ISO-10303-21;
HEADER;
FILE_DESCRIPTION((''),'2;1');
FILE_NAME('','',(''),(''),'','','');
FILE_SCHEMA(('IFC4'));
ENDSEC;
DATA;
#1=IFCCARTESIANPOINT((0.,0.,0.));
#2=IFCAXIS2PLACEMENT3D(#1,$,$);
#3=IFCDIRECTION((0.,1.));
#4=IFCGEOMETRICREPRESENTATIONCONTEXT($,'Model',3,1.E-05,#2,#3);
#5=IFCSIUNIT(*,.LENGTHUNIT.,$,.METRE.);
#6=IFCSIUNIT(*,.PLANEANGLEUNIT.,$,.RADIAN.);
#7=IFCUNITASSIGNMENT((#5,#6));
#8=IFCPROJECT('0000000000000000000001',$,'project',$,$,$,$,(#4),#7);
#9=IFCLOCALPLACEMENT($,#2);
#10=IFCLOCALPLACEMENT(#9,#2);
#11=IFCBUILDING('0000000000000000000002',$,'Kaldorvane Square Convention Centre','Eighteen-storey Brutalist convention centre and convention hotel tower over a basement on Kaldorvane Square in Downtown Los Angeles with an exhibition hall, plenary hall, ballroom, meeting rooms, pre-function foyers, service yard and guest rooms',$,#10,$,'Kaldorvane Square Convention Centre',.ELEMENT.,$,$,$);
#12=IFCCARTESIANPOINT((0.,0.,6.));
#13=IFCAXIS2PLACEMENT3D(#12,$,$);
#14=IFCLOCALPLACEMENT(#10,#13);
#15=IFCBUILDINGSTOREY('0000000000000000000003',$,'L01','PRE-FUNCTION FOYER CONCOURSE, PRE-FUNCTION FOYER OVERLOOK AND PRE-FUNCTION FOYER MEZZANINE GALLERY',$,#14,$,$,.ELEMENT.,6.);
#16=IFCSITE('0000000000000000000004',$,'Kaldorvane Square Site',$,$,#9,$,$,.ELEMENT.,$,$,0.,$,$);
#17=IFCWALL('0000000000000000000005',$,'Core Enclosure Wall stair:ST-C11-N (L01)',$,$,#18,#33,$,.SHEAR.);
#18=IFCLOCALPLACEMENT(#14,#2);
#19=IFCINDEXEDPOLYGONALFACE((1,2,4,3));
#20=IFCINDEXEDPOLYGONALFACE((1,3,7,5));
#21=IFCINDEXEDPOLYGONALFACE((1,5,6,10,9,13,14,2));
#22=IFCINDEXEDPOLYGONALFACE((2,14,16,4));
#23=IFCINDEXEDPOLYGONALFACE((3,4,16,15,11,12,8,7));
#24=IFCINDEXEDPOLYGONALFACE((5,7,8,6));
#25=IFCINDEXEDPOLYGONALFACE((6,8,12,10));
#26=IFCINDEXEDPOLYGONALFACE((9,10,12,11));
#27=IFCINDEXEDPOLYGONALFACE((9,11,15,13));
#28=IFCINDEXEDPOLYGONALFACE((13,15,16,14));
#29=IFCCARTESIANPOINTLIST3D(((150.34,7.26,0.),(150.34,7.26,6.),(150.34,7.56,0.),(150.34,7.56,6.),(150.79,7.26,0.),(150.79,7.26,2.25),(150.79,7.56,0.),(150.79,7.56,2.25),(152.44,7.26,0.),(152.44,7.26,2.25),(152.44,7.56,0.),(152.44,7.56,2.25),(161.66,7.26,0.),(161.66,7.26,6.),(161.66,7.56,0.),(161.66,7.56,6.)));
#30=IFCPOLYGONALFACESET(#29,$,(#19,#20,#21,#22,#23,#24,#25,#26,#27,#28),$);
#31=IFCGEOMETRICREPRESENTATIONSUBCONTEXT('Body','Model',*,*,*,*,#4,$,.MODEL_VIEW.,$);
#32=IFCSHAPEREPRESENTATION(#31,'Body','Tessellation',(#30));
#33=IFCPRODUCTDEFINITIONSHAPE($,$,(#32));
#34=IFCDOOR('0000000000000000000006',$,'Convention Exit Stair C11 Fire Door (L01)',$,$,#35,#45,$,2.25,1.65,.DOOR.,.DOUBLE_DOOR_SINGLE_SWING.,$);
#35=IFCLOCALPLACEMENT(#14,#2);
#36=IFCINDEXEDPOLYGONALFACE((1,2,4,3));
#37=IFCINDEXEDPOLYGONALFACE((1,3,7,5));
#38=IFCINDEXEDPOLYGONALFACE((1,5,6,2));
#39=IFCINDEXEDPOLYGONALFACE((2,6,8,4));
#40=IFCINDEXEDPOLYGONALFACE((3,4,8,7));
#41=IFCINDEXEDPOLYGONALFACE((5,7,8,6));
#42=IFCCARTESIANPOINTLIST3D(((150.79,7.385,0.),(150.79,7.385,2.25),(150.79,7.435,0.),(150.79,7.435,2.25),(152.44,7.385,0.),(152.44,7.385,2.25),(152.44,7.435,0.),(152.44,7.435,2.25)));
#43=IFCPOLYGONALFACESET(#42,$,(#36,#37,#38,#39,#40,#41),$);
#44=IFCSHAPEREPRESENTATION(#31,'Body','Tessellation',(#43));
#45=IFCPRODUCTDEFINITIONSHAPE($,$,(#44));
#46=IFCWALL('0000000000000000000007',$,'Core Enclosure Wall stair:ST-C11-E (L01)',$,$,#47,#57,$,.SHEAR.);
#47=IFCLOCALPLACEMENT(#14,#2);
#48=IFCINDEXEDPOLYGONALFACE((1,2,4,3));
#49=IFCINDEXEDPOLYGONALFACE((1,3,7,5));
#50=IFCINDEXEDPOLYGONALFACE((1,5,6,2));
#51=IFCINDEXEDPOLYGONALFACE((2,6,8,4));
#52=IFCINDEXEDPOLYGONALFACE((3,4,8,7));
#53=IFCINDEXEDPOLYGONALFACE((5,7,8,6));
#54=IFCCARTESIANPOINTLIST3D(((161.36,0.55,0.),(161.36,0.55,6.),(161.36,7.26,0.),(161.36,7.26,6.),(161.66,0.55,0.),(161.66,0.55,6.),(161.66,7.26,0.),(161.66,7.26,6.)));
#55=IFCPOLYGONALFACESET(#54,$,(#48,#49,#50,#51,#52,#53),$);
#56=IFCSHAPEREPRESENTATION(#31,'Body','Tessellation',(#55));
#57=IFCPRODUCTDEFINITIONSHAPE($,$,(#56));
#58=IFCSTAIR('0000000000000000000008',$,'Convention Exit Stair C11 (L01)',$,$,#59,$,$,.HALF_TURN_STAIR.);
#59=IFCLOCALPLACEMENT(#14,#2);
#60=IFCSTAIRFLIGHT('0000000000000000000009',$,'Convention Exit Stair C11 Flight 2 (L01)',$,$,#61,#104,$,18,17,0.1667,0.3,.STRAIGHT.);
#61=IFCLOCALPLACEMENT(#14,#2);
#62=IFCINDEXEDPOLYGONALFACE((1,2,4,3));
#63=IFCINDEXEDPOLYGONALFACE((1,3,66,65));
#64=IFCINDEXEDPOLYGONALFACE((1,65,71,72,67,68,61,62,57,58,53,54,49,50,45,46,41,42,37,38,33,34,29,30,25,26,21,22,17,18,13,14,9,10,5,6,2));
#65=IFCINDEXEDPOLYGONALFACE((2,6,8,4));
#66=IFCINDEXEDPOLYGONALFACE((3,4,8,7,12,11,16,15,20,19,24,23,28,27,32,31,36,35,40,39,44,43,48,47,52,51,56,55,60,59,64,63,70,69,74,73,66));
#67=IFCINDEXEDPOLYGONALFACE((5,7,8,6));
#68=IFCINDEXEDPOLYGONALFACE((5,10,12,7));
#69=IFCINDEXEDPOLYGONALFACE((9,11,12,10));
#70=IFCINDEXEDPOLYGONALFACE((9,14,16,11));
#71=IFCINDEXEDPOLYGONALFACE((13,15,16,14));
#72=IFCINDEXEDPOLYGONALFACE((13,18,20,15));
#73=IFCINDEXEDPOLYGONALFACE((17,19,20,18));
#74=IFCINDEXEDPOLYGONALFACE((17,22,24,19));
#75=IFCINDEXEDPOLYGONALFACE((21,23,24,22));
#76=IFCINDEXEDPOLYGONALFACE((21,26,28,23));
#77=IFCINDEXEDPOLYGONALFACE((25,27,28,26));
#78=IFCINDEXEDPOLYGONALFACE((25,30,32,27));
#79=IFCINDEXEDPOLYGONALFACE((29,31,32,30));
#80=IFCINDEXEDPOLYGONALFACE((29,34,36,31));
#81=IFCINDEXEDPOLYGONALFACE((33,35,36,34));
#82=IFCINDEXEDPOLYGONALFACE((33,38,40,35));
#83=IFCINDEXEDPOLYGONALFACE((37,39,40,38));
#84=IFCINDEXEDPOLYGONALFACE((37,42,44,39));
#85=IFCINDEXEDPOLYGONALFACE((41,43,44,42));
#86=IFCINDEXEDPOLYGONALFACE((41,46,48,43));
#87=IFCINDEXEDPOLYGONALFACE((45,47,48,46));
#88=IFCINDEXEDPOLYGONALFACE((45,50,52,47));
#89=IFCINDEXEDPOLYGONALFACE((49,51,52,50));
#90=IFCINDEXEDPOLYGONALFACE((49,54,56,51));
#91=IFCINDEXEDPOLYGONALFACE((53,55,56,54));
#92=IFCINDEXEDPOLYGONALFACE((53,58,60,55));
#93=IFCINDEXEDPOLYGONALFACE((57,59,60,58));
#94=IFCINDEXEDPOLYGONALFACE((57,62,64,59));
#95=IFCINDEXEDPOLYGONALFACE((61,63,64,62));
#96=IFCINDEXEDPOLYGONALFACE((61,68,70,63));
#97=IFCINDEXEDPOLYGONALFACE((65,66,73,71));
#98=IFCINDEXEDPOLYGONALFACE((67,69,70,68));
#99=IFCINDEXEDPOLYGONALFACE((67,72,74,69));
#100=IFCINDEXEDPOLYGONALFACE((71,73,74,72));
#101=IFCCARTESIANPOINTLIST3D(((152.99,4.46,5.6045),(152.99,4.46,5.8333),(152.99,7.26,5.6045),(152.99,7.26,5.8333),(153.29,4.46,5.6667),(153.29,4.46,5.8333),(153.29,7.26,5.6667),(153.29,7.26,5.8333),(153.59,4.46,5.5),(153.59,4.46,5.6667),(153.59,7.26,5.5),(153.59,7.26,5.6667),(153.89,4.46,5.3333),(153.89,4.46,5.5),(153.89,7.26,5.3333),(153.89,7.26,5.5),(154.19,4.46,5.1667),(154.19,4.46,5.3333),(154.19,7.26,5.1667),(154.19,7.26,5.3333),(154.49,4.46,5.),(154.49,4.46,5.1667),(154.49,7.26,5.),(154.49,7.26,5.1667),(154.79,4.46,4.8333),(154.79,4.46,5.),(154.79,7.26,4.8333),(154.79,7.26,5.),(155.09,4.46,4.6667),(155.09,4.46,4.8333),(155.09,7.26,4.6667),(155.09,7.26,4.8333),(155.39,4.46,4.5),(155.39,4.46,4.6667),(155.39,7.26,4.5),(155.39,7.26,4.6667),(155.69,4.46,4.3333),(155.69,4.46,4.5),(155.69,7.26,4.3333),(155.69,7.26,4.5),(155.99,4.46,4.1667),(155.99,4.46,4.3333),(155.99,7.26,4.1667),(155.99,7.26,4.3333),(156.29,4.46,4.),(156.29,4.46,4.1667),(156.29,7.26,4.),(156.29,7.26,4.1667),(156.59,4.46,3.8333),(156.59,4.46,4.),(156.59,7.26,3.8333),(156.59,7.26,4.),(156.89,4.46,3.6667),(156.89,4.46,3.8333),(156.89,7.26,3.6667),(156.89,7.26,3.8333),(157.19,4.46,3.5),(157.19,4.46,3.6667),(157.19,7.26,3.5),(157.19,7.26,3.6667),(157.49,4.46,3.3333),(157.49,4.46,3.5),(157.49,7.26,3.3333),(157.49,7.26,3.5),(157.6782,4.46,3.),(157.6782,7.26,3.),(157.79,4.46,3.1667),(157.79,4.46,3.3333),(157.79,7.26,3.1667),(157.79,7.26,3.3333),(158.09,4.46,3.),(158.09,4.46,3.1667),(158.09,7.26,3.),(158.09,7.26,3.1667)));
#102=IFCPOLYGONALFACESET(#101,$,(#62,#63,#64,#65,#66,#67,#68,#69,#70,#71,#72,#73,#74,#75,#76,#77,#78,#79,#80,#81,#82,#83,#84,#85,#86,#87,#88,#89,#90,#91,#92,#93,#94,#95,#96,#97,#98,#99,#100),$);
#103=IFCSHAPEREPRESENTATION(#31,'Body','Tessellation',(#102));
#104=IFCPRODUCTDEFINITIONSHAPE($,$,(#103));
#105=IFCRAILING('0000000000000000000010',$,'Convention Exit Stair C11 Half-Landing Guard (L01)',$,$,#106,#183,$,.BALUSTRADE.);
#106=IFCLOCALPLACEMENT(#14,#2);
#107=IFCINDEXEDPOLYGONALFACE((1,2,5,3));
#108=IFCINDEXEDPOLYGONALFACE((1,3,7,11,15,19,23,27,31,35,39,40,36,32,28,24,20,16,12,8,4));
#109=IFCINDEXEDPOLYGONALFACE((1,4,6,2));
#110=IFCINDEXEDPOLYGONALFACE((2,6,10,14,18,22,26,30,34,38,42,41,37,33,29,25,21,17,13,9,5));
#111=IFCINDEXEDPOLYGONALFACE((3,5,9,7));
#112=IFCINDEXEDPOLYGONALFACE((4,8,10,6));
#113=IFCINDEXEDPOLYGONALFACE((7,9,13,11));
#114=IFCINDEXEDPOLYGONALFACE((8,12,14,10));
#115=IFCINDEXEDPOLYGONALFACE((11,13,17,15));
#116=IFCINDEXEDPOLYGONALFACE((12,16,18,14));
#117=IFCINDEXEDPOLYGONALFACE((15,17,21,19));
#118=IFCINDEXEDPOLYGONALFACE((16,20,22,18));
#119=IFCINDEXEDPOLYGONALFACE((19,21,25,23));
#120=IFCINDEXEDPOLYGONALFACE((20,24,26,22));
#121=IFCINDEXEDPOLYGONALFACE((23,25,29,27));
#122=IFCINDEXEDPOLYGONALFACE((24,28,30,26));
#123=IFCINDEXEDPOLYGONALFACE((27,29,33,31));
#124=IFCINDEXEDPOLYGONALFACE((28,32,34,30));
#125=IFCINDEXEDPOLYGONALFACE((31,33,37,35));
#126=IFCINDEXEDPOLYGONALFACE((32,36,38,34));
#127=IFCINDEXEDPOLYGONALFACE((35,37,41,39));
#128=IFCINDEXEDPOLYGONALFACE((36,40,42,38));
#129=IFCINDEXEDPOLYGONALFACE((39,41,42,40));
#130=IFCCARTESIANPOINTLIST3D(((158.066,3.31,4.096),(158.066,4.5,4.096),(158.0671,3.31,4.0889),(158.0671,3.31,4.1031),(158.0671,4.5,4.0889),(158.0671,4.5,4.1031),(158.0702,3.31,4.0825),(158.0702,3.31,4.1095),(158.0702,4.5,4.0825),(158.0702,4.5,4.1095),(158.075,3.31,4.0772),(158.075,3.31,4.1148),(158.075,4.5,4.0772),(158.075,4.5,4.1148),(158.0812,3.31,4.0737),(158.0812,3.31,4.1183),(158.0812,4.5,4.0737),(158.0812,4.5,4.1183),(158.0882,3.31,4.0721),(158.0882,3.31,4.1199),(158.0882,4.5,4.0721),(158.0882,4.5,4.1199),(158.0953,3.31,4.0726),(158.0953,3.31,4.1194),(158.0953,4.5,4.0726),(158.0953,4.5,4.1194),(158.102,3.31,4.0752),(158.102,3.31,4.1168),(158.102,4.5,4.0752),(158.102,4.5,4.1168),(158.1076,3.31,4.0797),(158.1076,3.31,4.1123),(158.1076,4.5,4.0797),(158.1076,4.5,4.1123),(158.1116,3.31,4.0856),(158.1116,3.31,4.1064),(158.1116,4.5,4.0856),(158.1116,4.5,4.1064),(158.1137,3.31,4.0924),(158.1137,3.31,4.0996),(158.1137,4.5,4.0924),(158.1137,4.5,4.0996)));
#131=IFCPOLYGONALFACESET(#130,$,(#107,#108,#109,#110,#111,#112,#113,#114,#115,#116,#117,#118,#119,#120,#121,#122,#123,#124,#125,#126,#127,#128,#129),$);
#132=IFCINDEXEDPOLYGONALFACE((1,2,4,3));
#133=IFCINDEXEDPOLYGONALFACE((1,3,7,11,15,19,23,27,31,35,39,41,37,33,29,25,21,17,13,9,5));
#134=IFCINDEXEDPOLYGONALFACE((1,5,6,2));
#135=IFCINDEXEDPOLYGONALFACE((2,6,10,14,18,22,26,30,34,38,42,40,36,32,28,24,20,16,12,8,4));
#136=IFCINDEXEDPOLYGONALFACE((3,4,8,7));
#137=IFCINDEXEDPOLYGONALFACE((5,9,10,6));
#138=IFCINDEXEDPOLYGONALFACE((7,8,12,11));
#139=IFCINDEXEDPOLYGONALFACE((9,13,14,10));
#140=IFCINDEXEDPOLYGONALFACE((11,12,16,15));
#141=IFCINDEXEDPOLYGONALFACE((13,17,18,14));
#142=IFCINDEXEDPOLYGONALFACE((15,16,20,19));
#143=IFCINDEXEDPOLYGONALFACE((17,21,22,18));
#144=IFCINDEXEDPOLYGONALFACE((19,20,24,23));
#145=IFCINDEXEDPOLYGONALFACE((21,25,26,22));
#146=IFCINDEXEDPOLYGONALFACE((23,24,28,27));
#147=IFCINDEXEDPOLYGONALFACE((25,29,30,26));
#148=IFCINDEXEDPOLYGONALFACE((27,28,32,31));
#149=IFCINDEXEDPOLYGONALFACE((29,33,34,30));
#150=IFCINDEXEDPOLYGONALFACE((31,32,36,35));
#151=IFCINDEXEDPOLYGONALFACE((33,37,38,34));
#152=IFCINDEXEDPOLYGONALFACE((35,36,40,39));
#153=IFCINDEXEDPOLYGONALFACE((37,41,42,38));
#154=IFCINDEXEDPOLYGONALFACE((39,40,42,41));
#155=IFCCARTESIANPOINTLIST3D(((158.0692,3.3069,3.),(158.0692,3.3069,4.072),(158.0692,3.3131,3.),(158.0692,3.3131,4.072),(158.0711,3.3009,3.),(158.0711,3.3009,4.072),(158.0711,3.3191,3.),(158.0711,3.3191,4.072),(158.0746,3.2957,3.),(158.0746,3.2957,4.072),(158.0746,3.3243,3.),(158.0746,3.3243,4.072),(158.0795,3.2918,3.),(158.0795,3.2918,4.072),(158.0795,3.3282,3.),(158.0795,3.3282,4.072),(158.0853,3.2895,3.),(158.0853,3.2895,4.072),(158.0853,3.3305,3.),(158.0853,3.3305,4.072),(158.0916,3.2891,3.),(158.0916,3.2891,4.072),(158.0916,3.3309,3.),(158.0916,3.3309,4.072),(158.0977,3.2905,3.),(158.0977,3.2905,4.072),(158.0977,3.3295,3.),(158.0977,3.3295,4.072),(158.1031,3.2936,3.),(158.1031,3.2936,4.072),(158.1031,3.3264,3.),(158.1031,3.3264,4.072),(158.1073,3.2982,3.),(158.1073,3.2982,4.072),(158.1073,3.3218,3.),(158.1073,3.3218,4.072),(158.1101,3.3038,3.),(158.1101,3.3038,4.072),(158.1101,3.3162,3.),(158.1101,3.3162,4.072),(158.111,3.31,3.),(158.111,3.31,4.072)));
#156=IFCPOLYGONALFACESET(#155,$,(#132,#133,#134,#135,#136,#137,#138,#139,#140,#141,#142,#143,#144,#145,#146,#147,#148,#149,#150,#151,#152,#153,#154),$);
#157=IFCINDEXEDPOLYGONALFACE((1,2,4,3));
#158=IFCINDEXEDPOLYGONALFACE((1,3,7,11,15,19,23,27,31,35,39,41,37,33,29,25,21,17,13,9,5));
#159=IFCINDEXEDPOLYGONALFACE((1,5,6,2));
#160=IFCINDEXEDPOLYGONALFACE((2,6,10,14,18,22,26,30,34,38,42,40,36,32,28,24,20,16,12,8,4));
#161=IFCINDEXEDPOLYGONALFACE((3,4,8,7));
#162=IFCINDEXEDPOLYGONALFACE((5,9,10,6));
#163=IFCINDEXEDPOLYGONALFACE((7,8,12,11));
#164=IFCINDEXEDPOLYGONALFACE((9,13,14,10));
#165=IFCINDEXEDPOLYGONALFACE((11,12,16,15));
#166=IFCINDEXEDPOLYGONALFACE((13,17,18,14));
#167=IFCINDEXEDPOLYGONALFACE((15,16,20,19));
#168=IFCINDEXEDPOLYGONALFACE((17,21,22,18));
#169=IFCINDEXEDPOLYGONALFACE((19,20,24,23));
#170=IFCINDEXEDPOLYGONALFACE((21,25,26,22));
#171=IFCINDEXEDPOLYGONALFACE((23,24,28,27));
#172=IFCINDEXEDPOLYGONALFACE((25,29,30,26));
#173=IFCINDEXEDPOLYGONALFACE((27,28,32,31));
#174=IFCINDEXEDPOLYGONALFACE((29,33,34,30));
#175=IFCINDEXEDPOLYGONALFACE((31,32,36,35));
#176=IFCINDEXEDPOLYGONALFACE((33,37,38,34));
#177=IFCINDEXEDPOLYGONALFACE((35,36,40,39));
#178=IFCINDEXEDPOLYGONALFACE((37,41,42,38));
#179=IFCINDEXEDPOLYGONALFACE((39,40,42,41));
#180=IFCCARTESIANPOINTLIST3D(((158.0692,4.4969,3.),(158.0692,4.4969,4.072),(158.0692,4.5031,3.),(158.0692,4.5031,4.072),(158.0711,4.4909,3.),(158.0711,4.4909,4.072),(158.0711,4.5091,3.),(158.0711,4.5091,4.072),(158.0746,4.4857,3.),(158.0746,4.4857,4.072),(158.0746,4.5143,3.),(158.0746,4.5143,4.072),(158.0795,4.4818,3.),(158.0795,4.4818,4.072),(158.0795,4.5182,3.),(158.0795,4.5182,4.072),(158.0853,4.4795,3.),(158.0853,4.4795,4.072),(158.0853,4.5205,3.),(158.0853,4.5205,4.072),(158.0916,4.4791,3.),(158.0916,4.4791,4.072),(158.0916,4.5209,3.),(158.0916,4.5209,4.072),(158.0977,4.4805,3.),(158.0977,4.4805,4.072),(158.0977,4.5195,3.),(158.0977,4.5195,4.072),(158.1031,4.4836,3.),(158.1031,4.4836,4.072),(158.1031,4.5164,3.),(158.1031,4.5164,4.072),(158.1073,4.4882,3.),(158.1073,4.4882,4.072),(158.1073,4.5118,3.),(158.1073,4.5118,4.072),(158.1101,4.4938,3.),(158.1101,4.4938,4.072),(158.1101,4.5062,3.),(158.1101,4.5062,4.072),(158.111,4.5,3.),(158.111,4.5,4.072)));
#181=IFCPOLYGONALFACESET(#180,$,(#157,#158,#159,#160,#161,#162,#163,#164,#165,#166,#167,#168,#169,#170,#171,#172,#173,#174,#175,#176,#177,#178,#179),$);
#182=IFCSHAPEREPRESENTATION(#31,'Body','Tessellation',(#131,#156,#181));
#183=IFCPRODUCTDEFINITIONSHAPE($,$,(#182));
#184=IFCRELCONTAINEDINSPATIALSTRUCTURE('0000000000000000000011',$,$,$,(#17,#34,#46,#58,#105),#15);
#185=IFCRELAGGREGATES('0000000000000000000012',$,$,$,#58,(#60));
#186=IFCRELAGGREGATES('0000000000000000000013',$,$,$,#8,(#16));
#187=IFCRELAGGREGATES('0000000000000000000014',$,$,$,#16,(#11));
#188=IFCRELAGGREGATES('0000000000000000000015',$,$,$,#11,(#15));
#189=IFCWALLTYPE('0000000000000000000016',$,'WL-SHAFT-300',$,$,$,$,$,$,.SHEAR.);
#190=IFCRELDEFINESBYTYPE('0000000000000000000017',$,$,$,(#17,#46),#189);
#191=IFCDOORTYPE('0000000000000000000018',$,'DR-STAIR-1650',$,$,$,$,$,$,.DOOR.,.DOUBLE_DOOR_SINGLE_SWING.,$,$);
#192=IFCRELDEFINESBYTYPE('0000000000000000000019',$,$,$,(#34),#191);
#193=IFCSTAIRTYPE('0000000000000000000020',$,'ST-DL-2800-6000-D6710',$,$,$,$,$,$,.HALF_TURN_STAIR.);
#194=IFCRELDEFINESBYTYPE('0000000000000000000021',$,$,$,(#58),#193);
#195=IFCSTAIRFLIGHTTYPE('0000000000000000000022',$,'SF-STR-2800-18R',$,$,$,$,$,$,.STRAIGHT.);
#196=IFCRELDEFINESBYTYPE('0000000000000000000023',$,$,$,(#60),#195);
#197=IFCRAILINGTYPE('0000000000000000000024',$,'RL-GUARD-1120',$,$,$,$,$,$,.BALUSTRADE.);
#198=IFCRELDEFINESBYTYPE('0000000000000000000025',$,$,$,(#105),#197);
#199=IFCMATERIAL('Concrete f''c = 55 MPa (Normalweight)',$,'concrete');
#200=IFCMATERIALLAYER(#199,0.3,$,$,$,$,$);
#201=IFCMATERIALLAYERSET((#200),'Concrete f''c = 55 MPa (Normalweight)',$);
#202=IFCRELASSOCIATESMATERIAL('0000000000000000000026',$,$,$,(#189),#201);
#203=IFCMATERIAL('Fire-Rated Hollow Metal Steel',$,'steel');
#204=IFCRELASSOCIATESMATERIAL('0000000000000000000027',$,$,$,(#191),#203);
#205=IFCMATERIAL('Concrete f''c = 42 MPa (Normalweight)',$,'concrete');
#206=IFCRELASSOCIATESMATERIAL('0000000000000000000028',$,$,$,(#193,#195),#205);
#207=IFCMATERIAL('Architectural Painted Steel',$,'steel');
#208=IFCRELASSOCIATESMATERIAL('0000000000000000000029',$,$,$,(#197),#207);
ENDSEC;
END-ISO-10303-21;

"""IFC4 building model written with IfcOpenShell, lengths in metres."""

from ifc_helpers import new_model, si_unit, direction, frame, frame_2d, origin, origin_2d, place, context, subcontext, project, spatial, polyline, rectangle, circle, outline, extrude, material, layer, layer_set, type_object, element, fill, aggregate, save


model = new_model("IFC4")

# Units and contexts
model_context = context("Model", 3, precision=1e-05, world=origin(), true_north=direction((0.0, 1.0)))
body_context = subcontext(model_context, "Body", "Model", "MODEL_VIEW")
ifc_project = project(units=[si_unit("LENGTHUNIT", "METRE"), si_unit("PLANEANGLEUNIT", "RADIAN")], contexts=[model_context])

# Site, building, storey
site_placement = place(None, origin())
site = spatial("IfcSite", under=ifc_project, at=site_placement, Name="Kaldorvane Square Site", CompositionType="ELEMENT", RefElevation=0.0)
building_placement = place(site_placement, origin())
building = spatial("IfcBuilding", under=site, at=building_placement, Name="Kaldorvane Square Convention Centre", Description="Eighteen-storey Brutalist convention centre and convention hotel tower over a basement on Kaldorvane Square in Downtown Los Angeles with an exhibition hall, plenary hall, ballroom, meeting rooms, pre-function foyers, service yard and guest rooms", LongName="Kaldorvane Square Convention Centre", CompositionType="ELEMENT")
storey_placement = place(building_placement, frame((0.0, 0.0, 6.0)))
storey = spatial("IfcBuildingStorey", under=building, at=storey_placement, Name="L01", Description="PRE-FUNCTION FOYER CONCOURSE, PRE-FUNCTION FOYER OVERLOOK AND PRE-FUNCTION FOYER MEZZANINE GALLERY", CompositionType="ELEMENT", Elevation=6.0)

# Shared definitions
ifc_material_1 = material(Name="Concrete f'c = 55 MPa (Normalweight)", Category="concrete")
ifc_layer_1 = layer(ifc_material_1, 0.3)
ifc_layer_set_1 = layer_set([ifc_layer_1], Name="Concrete f'c = 55 MPa (Normalweight)")
wall_type_1 = type_object("IfcWallType", Name="WL-SHAFT-300", PredefinedType="SHEAR", material=ifc_layer_set_1)

# Wall, opening, door
wall_1_placement = place(storey_placement, frame((161.66, 7.41, 0.0), z_axis=(0.0, 0.0, 1.0), x_axis=(-1.0, 0.0, 0.0)))
wall_1 = element("IfcWall", 1, at=wall_1_placement, inside=storey, type_object=wall_type_1, Name="Core Enclosure Wall stair:ST-C11-N (L01)", PredefinedType="SHEAR", context=body_context, shape_type="SweptSolid", body=[
    extrude(rectangle(XDim=11.32, YDim=0.3, at=frame_2d((5.66, 0.0))), origin(), (0.0, 0.0, 1.0), 6.0),
])
opening_1_placement = place(wall_1_placement, frame((9.22, 0.0, 0.0)))
opening_1 = element("IfcOpeningElement", 2, at=opening_1_placement, cuts=wall_1, PredefinedType="OPENING", context=body_context, shape_type="SweptSolid", body=[
    extrude(rectangle(XDim=1.65, YDim=2.25, at=frame_2d((0.825, 1.125))), frame((0.0, 0.165, 0.0), z_axis=(0.0, -1.0, 0.0), x_axis=(1.0, 0.0, 0.0)), (0.0, 0.0, 1.0), 0.33),
])
ifc_material_2 = material(Name="Fire-Rated Hollow Metal Steel", Category="steel")
door_type_1 = type_object("IfcDoorType", Name="DR-STAIR-1650", OperationType="DOUBLE_DOOR_SINGLE_SWING", PredefinedType="DOOR", material=ifc_material_2)
door_1_placement = place(opening_1_placement, origin())
door_1 = element("IfcDoor", 3, at=door_1_placement, inside=storey, type_object=door_type_1, Name="Convention Exit Stair C11 Fire Door (L01)", OperationType="DOUBLE_DOOR_SINGLE_SWING", OverallHeight=2.25, OverallWidth=1.65, PredefinedType="DOOR", context=body_context, shape_type="SweptSolid", body=[
    extrude(rectangle(XDim=1.65, YDim=2.25, at=frame_2d((0.825, 1.125))), frame((0.0, 0.025, 0.0), z_axis=(0.0, -1.0, 0.0), x_axis=(1.0, 0.0, 0.0)), (0.0, 0.0, 1.0), 0.05),
])
fill(opening_1, door_1)

# Wall
wall_2_placement = place(storey_placement, frame((161.51, 0.55, 0.0), z_axis=(0.0, 0.0, 1.0), x_axis=(0.0, 1.0, 0.0)))
element("IfcWall", 4, at=wall_2_placement, inside=storey, type_object=wall_type_1, Name="Core Enclosure Wall stair:ST-C11-E (L01)", PredefinedType="SHEAR", context=body_context, shape_type="SweptSolid", body=[
    extrude(rectangle(XDim=6.71, YDim=0.3, at=frame_2d((3.355, 0.0))), origin(), (0.0, 0.0, 1.0), 6.0),
])

# Stair, stair flight
ifc_material_3 = material(Name="Concrete f'c = 42 MPa (Normalweight)", Category="concrete")
stair_type = type_object("IfcStairType", Name="ST-DL-2800-6000-D6710", PredefinedType="HALF_TURN_STAIR", material=ifc_material_3)
stair_placement = place(storey_placement, origin())
stair = element("IfcStair", 5, at=stair_placement, inside=storey, type_object=stair_type, Name="Convention Exit Stair C11 (L01)", PredefinedType="HALF_TURN_STAIR")
stair_flight_type = type_object("IfcStairFlightType", Name="SF-STR-2800-18R", PredefinedType="STRAIGHT", material=ifc_material_3)
stair_flight_placement = place(storey_placement, frame((158.09, 5.86, 3.0), z_axis=(0.0, 0.0, 1.0), x_axis=(-1.0, 0.0, 0.0)))
stair_flight = element("IfcStairFlight", 6, at=stair_flight_placement, type_object=stair_flight_type, Name="Convention Exit Stair C11 Flight 2 (L01)", NumberOfRisers=18, NumberOfTreads=17, PredefinedType="STRAIGHT", RiserHeight=0.1667, TreadLength=0.3, context=body_context, shape_type="SweptSolid", body=[
    extrude(outline(polyline([(0.0, 0.0), (0.0, 0.1667), (0.3, 0.1667), (0.3, 0.3333), (0.6, 0.3333), (0.6, 0.5), (0.9, 0.5), (0.9, 0.6667), (1.2, 0.6667), (1.2, 0.8333), (1.5, 0.8333), (1.5, 1.0), (1.8, 1.0), (1.8, 1.1667), (2.1, 1.1667), (2.1, 1.3333), (2.4, 1.3333), (2.4, 1.5), (2.7, 1.5), (2.7, 1.6667), (3.0, 1.6667), (3.0, 1.8333), (3.3, 1.8333), (3.3, 2.0), (3.6, 2.0), (3.6, 2.1667), (3.9, 2.1667), (3.9, 2.3333), (4.2, 2.3333), (4.2, 2.5), (4.5, 2.5), (4.5, 2.6667), (4.8, 2.6667), (4.8, 2.8333), (5.1, 2.8333), (5.1, 3.0), (5.1, 2.6045), (0.4118, 0.0), (0.0, 0.0)])), frame((0.0, 1.4, 0.0), z_axis=(0.0, -1.0, 0.0), x_axis=(1.0, 0.0, 0.0)), (0.0, 0.0, 1.0), 2.8),
])
aggregate(stair, [stair_flight])

# Railing
ifc_material_4 = material(Name="Architectural Painted Steel", Category="steel")
railing_type_1 = type_object("IfcRailingType", Name="RL-GUARD-1120", PredefinedType="BALUSTRADE", material=ifc_material_4)
railing_1_placement = place(storey_placement, frame((158.09, 3.31, 3.0)))
element("IfcRailing", 7, at=railing_1_placement, inside=storey, type_object=railing_type_1, Name="Convention Exit Stair C11 Half-Landing Guard (L01)", PredefinedType="BALUSTRADE", context=body_context, shape_type="SweptSolid", body=[
    extrude(circle(Radius=0.024, at=origin_2d()), frame((0.0, 0.0, 1.096), z_axis=(0.0, 1.0, 0.0), x_axis=(-1.0, 0.0, 0.0)), (0.0, 0.0, 1.0), 1.19),
    extrude(circle(Radius=0.021, at=origin_2d()), origin(), (0.0, 0.0, 1.0), 1.072),
    extrude(circle(Radius=0.021, at=origin_2d()), frame((0.0, 1.19, 0.0)), (0.0, 0.0, 1.0), 1.072),
])

save(model, "model.ifc")
